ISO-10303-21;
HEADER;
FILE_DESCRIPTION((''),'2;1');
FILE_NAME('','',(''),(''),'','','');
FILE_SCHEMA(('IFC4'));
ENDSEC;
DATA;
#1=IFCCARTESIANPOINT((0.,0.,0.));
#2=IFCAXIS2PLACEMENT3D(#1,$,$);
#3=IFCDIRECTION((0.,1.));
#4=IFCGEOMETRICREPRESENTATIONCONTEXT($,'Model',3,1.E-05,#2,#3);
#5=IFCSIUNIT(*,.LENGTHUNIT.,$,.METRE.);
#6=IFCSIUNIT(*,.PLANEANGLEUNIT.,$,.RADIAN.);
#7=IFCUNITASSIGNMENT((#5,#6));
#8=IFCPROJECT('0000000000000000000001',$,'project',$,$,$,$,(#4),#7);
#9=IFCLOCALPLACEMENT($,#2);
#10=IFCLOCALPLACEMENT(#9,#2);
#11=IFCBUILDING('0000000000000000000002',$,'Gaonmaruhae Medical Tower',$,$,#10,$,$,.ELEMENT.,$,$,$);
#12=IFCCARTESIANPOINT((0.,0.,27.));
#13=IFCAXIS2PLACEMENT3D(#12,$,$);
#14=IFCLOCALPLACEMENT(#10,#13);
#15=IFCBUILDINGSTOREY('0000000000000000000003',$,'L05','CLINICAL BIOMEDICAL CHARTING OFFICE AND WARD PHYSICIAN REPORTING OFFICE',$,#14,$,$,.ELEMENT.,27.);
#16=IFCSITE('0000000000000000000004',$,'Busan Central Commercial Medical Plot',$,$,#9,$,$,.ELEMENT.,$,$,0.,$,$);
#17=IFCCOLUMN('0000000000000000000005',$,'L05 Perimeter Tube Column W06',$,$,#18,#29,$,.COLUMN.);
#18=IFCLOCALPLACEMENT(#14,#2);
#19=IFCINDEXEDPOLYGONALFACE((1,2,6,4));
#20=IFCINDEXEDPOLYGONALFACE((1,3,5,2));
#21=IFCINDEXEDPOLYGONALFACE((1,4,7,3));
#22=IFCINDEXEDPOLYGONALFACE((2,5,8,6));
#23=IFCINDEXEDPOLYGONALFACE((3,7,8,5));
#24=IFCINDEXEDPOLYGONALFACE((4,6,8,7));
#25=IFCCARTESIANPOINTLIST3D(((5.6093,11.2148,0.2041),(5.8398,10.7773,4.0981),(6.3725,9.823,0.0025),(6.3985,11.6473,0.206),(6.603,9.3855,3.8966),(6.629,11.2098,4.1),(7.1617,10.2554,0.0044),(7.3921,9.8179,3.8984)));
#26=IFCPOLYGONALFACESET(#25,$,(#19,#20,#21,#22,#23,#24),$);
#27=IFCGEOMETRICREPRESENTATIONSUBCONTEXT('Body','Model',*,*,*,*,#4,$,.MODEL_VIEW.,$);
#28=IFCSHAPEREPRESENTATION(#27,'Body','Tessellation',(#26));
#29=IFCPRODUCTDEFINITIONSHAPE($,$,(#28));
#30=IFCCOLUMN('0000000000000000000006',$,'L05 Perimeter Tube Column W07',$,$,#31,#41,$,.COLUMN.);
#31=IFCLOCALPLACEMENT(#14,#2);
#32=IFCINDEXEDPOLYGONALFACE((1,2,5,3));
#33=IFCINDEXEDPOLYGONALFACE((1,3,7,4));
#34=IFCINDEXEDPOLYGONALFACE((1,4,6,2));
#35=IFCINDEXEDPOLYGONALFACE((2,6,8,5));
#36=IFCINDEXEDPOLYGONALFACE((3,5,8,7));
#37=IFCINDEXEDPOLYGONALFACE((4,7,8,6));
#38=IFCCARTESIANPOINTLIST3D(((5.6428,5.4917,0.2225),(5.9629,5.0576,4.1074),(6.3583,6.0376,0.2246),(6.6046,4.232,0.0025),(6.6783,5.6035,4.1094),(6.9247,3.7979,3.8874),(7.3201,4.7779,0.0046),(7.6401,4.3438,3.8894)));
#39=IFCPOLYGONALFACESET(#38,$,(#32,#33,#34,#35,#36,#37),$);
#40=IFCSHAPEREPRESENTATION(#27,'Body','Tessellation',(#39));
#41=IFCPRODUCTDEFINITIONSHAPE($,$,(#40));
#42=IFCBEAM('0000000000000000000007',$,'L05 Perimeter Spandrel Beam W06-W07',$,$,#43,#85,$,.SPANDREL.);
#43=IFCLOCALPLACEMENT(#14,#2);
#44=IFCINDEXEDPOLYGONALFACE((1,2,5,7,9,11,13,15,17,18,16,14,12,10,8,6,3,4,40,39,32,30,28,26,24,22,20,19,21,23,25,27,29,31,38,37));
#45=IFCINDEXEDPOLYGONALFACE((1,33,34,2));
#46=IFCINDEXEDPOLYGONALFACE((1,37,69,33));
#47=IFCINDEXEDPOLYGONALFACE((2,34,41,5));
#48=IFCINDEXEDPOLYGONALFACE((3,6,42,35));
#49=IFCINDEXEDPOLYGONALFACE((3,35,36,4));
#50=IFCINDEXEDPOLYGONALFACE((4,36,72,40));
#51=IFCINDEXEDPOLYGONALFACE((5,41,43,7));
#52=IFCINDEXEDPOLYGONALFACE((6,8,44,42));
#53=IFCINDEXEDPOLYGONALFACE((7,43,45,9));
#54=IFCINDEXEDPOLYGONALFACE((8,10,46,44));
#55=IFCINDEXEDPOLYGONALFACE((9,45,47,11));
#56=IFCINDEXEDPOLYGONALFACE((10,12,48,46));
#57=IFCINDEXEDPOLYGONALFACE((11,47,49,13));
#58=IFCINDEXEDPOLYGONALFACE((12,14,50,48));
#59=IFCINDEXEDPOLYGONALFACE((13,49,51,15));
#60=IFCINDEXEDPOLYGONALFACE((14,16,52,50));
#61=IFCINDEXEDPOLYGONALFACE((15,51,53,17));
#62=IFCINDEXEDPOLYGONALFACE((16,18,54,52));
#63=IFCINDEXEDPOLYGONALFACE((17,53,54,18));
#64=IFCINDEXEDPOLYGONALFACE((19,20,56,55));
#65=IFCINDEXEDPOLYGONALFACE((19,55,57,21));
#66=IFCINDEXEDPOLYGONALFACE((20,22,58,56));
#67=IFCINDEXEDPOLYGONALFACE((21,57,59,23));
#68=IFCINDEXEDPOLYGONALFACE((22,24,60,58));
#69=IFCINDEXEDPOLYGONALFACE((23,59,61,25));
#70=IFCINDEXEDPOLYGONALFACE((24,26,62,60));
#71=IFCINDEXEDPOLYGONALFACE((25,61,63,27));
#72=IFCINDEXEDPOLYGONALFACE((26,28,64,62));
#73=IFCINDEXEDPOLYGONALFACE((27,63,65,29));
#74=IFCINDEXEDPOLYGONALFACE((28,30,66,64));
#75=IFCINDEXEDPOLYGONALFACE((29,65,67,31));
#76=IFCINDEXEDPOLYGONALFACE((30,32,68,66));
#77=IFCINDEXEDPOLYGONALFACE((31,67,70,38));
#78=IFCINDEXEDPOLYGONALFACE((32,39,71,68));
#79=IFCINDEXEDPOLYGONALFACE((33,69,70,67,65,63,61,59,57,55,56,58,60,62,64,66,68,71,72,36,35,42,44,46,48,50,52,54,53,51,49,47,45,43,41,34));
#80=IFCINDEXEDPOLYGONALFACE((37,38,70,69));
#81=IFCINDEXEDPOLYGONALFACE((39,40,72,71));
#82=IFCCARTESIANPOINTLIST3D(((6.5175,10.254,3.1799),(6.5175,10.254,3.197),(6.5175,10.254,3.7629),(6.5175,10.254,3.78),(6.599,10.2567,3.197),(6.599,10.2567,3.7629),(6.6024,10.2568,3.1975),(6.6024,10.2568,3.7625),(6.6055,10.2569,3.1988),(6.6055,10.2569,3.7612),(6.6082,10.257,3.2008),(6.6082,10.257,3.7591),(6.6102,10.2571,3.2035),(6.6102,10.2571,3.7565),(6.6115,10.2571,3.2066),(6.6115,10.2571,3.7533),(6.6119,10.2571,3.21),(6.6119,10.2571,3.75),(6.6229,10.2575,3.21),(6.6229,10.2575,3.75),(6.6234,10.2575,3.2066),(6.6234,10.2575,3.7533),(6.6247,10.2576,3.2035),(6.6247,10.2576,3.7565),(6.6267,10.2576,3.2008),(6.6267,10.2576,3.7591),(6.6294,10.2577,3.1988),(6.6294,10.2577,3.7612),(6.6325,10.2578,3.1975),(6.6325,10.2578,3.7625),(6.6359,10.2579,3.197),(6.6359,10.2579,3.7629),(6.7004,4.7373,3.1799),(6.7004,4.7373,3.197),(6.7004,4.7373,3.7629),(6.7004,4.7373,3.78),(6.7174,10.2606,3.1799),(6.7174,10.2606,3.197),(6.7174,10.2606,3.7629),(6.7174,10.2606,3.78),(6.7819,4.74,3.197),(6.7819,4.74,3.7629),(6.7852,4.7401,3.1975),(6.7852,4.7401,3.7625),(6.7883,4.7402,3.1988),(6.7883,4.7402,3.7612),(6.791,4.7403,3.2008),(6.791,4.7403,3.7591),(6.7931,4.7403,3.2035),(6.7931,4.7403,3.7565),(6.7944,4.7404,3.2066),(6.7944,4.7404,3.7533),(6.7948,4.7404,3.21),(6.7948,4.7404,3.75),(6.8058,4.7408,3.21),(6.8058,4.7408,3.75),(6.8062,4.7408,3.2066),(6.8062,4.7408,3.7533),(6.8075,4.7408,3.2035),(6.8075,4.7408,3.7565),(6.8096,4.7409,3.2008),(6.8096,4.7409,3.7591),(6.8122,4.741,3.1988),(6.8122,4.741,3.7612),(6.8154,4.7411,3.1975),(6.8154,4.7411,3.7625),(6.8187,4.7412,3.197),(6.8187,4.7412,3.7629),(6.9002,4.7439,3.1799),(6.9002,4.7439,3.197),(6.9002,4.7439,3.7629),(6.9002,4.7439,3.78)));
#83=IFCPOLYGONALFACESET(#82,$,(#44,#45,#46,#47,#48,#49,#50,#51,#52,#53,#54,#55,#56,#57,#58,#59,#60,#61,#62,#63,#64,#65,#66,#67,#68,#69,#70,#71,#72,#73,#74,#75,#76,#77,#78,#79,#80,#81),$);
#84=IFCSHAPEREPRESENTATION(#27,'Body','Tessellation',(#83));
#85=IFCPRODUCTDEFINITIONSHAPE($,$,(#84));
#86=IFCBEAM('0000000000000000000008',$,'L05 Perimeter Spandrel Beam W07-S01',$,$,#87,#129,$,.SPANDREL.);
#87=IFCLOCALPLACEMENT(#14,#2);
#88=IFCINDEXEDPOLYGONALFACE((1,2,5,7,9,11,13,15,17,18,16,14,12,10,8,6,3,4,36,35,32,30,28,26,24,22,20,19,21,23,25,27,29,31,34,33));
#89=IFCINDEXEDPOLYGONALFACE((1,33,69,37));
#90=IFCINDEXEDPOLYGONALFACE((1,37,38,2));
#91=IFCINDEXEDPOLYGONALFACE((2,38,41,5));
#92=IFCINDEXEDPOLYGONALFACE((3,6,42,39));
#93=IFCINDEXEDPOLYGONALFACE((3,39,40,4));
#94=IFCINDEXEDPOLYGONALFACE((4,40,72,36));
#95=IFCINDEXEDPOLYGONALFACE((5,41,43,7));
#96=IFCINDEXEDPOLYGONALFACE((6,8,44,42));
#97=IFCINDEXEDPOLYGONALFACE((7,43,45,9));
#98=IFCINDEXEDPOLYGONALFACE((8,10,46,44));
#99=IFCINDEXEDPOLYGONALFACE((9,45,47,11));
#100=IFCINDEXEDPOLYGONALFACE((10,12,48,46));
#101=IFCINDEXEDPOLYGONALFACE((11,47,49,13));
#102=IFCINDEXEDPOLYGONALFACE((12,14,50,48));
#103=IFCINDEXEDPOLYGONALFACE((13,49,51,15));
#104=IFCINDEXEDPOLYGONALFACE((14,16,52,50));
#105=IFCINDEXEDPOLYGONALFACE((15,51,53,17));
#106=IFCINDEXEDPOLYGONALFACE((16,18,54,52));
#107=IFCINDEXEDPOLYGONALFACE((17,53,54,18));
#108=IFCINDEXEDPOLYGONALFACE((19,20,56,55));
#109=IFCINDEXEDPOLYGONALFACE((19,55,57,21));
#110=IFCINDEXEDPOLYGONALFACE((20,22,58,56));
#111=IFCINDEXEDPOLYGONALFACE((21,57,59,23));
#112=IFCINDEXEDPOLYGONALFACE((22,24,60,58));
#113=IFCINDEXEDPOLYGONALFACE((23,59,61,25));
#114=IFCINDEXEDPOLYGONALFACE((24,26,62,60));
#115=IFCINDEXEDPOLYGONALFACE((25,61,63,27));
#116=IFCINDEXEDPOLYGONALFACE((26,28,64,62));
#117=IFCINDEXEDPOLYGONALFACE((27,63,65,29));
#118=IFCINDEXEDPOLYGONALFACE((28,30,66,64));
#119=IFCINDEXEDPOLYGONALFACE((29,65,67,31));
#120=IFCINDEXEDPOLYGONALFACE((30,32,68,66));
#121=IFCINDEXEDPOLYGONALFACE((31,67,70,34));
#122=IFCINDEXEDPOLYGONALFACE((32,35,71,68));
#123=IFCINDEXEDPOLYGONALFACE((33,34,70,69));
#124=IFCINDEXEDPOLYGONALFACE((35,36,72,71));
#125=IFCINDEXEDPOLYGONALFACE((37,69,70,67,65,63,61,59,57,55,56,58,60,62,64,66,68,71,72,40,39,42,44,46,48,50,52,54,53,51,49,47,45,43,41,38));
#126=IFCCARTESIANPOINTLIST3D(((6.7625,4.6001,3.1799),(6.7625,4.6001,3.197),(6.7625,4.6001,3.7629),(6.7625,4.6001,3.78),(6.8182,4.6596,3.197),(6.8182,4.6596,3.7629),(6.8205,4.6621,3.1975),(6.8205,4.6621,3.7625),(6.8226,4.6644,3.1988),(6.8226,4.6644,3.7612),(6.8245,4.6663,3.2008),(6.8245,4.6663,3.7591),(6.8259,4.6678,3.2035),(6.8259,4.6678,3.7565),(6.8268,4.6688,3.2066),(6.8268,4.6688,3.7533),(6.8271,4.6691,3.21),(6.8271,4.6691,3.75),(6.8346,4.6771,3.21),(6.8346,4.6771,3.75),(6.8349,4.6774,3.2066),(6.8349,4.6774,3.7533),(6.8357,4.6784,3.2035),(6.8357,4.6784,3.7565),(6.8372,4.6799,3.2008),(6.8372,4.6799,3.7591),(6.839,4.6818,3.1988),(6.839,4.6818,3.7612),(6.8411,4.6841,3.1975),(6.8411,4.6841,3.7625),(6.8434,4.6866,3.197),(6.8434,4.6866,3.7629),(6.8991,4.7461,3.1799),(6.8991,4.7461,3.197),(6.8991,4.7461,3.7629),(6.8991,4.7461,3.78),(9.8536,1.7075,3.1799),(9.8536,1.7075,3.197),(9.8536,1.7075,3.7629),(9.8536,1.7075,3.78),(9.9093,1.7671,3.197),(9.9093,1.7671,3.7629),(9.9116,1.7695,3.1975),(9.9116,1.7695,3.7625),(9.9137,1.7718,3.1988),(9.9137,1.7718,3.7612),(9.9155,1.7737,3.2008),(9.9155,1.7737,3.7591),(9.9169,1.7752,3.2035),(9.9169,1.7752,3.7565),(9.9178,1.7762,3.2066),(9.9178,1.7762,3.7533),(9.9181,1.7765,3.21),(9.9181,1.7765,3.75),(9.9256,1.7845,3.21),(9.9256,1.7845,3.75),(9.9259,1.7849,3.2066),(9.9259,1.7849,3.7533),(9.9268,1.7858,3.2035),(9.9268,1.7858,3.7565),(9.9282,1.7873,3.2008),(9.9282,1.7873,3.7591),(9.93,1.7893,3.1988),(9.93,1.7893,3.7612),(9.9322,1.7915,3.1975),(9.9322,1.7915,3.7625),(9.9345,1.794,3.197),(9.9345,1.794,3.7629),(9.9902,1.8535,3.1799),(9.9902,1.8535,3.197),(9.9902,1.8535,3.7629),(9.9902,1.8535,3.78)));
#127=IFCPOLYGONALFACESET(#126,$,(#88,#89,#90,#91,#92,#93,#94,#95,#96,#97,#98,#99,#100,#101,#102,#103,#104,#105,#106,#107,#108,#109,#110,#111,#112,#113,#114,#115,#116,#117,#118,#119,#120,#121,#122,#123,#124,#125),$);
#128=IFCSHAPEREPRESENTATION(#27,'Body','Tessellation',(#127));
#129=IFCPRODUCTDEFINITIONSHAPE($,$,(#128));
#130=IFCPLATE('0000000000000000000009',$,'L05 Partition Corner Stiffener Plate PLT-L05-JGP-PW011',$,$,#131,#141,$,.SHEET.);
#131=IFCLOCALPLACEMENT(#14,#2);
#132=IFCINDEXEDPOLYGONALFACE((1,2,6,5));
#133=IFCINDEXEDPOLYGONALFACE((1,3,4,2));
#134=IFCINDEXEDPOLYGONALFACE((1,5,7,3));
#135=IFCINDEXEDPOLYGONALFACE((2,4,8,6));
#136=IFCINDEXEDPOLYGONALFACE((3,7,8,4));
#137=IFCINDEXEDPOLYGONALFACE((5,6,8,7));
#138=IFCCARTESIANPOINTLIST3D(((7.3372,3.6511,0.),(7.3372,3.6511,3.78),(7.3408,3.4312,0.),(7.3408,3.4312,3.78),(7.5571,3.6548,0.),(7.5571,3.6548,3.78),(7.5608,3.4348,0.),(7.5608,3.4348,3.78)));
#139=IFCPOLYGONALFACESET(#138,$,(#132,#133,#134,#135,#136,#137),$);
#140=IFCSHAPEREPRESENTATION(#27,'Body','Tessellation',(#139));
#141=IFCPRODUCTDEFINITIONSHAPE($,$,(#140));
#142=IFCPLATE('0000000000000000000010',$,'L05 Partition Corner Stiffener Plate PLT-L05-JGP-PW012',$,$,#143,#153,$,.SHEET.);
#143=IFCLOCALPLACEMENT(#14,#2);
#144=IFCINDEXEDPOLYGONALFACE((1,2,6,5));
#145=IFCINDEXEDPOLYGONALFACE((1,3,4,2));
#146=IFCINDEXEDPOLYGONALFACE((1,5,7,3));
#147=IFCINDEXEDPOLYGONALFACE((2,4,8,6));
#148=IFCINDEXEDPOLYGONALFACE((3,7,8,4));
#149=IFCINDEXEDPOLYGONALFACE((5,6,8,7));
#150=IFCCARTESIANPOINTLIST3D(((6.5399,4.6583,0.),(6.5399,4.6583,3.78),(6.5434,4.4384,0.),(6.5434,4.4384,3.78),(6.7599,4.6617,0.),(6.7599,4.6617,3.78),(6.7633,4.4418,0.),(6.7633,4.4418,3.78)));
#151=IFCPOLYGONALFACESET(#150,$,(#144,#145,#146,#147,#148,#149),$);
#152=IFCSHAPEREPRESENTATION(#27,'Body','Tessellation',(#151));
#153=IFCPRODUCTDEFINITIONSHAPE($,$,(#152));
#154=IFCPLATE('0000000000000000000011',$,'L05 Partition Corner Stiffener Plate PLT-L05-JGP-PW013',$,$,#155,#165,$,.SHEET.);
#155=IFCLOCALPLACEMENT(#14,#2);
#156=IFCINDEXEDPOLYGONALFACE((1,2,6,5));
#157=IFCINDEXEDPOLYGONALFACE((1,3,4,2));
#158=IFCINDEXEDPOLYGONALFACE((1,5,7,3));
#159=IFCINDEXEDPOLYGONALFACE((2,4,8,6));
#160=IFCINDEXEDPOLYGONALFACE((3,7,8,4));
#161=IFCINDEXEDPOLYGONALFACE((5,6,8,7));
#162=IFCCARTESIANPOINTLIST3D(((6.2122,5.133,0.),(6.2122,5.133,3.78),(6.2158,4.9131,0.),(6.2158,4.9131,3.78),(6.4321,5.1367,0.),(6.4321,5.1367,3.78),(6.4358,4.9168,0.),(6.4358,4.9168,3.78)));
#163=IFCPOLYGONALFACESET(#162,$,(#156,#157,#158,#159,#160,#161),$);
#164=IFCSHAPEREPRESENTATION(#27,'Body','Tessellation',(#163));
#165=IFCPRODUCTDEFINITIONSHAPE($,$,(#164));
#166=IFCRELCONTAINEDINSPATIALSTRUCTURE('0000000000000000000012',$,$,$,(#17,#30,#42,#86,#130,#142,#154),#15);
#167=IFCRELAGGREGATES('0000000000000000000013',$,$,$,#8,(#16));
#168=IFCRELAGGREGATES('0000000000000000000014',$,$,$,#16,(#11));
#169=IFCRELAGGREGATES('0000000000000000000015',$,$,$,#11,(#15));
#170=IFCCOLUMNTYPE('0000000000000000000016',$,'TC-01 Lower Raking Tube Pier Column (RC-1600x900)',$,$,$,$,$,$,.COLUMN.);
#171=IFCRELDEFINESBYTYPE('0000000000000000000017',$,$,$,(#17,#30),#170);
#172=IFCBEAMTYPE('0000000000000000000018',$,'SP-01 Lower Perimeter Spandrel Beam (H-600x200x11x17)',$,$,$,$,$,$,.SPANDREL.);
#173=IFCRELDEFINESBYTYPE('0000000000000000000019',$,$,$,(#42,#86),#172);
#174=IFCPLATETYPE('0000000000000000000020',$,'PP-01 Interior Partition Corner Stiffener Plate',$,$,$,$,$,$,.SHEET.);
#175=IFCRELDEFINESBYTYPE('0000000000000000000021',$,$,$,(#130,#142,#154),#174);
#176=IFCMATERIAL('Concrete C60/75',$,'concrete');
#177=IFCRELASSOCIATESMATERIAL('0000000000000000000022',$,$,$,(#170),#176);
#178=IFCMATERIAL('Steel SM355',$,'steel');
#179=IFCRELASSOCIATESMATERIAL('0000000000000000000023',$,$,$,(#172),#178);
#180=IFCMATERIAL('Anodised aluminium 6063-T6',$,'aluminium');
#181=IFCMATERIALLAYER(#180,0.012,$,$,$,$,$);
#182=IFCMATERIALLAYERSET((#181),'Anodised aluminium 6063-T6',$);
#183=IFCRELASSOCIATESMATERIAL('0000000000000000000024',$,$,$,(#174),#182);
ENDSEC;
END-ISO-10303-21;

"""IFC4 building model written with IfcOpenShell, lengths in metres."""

from ifc_helpers import new_model, si_unit, direction, frame, origin, origin_2d, place, context, subcontext, project, spatial, rectangle, i_section, extrude, material, layer, layer_set, material_profile, profile_set, type_object, element, save


model = new_model("IFC4")

# Units and contexts
model_context = context("Model", 3, precision=1e-05, world=origin(), true_north=direction((0.0, 1.0)))
body_context = subcontext(model_context, "Body", "Model", "MODEL_VIEW")
ifc_project = project(units=[si_unit("LENGTHUNIT", "METRE"), si_unit("PLANEANGLEUNIT", "RADIAN")], contexts=[model_context])

# Site, building, storey
site_placement = place(None, origin())
site = spatial("IfcSite", under=ifc_project, at=site_placement, Name="Busan Central Commercial Medical Plot", CompositionType="ELEMENT", RefElevation=0.0)
building_placement = place(site_placement, origin())
building = spatial("IfcBuilding", under=site, at=building_placement, Name="Gaonmaruhae Medical Tower", CompositionType="ELEMENT")
storey_placement = place(building_placement, frame((0.0, 0.0, 27.0)))
storey = spatial("IfcBuildingStorey", under=building, at=storey_placement, Name="L05", Description="CLINICAL BIOMEDICAL CHARTING OFFICE AND WARD PHYSICIAN REPORTING OFFICE", CompositionType="ELEMENT", Elevation=27.0)

# Columns
ifc_material_1 = material(Name="Concrete C60/75", Category="concrete")
ifc_material_profile_1 = material_profile(ifc_material_1, rectangle(XDim=1.6001, YDim=0.8999, at=origin_2d()), Name="RC-1600x900")
ifc_profile_set_1 = profile_set([ifc_material_profile_1], Name="Concrete C60/75")
column_type = type_object("IfcColumnType", Name="TC-01 Lower Raking Tube Pier Column (RC-1600x900)", PredefinedType="COLUMN", material=ifc_profile_set_1)
column_1_placement = place(storey_placement, frame((6.3855, 10.7351, 0.1042), z_axis=(0.058713, -0.111456, 0.992033), x_axis=(-0.476964, 0.86985, 0.125958)))
element("IfcColumn", 1, at=column_1_placement, inside=storey, type_object=column_type, Name="L05 Perimeter Tube Column W06", PredefinedType="COLUMN", context=body_context, shape_type="SweptSolid", body=[
    extrude(rectangle(XDim=1.6001, YDim=0.8999, at=origin_2d()), origin(), (0.0, 0.0, 1.0), 3.9253),
])
column_2_placement = place(storey_placement, frame((6.4814, 5.1348, 0.1135), z_axis=(0.081608, -0.110678, 0.9905), x_axis=(-0.601087, 0.787267, 0.137493)))
element("IfcColumn", 2, at=column_2_placement, inside=storey, type_object=column_type, Name="L05 Perimeter Tube Column W07", PredefinedType="COLUMN", context=body_context, shape_type="SweptSolid", body=[
    extrude(rectangle(XDim=1.6001, YDim=0.8999, at=origin_2d()), origin(), (0.0, 0.0, 1.0), 3.9221),
])

# Beams
ifc_material_2 = material(Name="Steel SM355", Category="steel")
ifc_material_profile_2 = material_profile(ifc_material_2, i_section(OverallWidth=0.2, OverallDepth=0.6001, WebThickness=0.011, FlangeThickness=0.0171, FilletRadius=0.0129, at=origin_2d()), Name="H-600x200x11x17")
ifc_profile_set_2 = profile_set([ifc_material_profile_2], Name="Steel SM355")
beam_type = type_object("IfcBeamType", Name="SP-01 Lower Perimeter Spandrel Beam (H-600x200x11x17)", PredefinedType="SPANDREL", material=ifc_profile_set_2)
beam_1_placement = place(storey_placement, frame((6.6174, 10.2573, 3.48), z_axis=(0.033128, -0.999451, 0.0), x_axis=(0.999451, 0.033128, 0.0)))
element("IfcBeam", 3, at=beam_1_placement, inside=storey, type_object=beam_type, Name="L05 Perimeter Spandrel Beam W06-W07", PredefinedType="SPANDREL", context=body_context, shape_type="SweptSolid", body=[
    extrude(i_section(OverallWidth=0.2, OverallDepth=0.6001, WebThickness=0.011, FlangeThickness=0.0171, FilletRadius=0.0129, at=origin_2d()), origin(), (0.0, 0.0, 1.0), 5.5198),
])
beam_2_placement = place(storey_placement, frame((6.8308, 4.6731, 3.48), z_axis=(0.730161, -0.683275, 0.0), x_axis=(0.683275, 0.730161, 0.0)))
element("IfcBeam", 4, at=beam_2_placement, inside=storey, type_object=beam_type, Name="L05 Perimeter Spandrel Beam W07-S01", PredefinedType="SPANDREL", context=body_context, shape_type="SweptSolid", body=[
    extrude(i_section(OverallWidth=0.2, OverallDepth=0.6001, WebThickness=0.011, FlangeThickness=0.0171, FilletRadius=0.0129, at=origin_2d()), origin(), (0.0, 0.0, 1.0), 4.2334),
])

# Plates
ifc_material_3 = material(Name="Anodised aluminium 6063-T6", Category="aluminium")
ifc_layer_1 = layer(ifc_material_3, 0.012)
ifc_layer_set_1 = layer_set([ifc_layer_1], Name="Anodised aluminium 6063-T6")
plate_type = type_object("IfcPlateType", Name="PP-01 Interior Partition Corner Stiffener Plate", PredefinedType="SHEET", material=ifc_layer_set_1)
for number, where, z_axis, x_axis, name in (
    (5, (7.449, 3.543, 0.0), (0.0, 0.0, 1.0), (-0.016702, 0.999861, 0.0), "L05 Partition Corner Stiffener Plate PLT-L05-JGP-PW011"),
    (6, (6.6516, 4.55, 0.0), (0.0, 0.0, 1.0), (-0.999877, -0.015655, 0.0), "L05 Partition Corner Stiffener Plate PLT-L05-JGP-PW012"),
    (7, (6.324, 5.0249, 0.0), (0.0, 0.0, 1.0), (-0.016667, 0.999861, 0.0), "L05 Partition Corner Stiffener Plate PLT-L05-JGP-PW013"),
):
    element("IfcPlate", number, at=place(storey_placement, frame(where, z_axis=z_axis, x_axis=x_axis)), inside=storey, type_object=plate_type, Name=name, PredefinedType="SHEET", context=body_context, shape_type="SweptSolid", body=[
        extrude(rectangle(XDim=0.22, YDim=0.22, at=origin_2d()), origin(), (0.0, 0.0, 1.0), 3.78),
    ])

save(model, "model.ifc")
